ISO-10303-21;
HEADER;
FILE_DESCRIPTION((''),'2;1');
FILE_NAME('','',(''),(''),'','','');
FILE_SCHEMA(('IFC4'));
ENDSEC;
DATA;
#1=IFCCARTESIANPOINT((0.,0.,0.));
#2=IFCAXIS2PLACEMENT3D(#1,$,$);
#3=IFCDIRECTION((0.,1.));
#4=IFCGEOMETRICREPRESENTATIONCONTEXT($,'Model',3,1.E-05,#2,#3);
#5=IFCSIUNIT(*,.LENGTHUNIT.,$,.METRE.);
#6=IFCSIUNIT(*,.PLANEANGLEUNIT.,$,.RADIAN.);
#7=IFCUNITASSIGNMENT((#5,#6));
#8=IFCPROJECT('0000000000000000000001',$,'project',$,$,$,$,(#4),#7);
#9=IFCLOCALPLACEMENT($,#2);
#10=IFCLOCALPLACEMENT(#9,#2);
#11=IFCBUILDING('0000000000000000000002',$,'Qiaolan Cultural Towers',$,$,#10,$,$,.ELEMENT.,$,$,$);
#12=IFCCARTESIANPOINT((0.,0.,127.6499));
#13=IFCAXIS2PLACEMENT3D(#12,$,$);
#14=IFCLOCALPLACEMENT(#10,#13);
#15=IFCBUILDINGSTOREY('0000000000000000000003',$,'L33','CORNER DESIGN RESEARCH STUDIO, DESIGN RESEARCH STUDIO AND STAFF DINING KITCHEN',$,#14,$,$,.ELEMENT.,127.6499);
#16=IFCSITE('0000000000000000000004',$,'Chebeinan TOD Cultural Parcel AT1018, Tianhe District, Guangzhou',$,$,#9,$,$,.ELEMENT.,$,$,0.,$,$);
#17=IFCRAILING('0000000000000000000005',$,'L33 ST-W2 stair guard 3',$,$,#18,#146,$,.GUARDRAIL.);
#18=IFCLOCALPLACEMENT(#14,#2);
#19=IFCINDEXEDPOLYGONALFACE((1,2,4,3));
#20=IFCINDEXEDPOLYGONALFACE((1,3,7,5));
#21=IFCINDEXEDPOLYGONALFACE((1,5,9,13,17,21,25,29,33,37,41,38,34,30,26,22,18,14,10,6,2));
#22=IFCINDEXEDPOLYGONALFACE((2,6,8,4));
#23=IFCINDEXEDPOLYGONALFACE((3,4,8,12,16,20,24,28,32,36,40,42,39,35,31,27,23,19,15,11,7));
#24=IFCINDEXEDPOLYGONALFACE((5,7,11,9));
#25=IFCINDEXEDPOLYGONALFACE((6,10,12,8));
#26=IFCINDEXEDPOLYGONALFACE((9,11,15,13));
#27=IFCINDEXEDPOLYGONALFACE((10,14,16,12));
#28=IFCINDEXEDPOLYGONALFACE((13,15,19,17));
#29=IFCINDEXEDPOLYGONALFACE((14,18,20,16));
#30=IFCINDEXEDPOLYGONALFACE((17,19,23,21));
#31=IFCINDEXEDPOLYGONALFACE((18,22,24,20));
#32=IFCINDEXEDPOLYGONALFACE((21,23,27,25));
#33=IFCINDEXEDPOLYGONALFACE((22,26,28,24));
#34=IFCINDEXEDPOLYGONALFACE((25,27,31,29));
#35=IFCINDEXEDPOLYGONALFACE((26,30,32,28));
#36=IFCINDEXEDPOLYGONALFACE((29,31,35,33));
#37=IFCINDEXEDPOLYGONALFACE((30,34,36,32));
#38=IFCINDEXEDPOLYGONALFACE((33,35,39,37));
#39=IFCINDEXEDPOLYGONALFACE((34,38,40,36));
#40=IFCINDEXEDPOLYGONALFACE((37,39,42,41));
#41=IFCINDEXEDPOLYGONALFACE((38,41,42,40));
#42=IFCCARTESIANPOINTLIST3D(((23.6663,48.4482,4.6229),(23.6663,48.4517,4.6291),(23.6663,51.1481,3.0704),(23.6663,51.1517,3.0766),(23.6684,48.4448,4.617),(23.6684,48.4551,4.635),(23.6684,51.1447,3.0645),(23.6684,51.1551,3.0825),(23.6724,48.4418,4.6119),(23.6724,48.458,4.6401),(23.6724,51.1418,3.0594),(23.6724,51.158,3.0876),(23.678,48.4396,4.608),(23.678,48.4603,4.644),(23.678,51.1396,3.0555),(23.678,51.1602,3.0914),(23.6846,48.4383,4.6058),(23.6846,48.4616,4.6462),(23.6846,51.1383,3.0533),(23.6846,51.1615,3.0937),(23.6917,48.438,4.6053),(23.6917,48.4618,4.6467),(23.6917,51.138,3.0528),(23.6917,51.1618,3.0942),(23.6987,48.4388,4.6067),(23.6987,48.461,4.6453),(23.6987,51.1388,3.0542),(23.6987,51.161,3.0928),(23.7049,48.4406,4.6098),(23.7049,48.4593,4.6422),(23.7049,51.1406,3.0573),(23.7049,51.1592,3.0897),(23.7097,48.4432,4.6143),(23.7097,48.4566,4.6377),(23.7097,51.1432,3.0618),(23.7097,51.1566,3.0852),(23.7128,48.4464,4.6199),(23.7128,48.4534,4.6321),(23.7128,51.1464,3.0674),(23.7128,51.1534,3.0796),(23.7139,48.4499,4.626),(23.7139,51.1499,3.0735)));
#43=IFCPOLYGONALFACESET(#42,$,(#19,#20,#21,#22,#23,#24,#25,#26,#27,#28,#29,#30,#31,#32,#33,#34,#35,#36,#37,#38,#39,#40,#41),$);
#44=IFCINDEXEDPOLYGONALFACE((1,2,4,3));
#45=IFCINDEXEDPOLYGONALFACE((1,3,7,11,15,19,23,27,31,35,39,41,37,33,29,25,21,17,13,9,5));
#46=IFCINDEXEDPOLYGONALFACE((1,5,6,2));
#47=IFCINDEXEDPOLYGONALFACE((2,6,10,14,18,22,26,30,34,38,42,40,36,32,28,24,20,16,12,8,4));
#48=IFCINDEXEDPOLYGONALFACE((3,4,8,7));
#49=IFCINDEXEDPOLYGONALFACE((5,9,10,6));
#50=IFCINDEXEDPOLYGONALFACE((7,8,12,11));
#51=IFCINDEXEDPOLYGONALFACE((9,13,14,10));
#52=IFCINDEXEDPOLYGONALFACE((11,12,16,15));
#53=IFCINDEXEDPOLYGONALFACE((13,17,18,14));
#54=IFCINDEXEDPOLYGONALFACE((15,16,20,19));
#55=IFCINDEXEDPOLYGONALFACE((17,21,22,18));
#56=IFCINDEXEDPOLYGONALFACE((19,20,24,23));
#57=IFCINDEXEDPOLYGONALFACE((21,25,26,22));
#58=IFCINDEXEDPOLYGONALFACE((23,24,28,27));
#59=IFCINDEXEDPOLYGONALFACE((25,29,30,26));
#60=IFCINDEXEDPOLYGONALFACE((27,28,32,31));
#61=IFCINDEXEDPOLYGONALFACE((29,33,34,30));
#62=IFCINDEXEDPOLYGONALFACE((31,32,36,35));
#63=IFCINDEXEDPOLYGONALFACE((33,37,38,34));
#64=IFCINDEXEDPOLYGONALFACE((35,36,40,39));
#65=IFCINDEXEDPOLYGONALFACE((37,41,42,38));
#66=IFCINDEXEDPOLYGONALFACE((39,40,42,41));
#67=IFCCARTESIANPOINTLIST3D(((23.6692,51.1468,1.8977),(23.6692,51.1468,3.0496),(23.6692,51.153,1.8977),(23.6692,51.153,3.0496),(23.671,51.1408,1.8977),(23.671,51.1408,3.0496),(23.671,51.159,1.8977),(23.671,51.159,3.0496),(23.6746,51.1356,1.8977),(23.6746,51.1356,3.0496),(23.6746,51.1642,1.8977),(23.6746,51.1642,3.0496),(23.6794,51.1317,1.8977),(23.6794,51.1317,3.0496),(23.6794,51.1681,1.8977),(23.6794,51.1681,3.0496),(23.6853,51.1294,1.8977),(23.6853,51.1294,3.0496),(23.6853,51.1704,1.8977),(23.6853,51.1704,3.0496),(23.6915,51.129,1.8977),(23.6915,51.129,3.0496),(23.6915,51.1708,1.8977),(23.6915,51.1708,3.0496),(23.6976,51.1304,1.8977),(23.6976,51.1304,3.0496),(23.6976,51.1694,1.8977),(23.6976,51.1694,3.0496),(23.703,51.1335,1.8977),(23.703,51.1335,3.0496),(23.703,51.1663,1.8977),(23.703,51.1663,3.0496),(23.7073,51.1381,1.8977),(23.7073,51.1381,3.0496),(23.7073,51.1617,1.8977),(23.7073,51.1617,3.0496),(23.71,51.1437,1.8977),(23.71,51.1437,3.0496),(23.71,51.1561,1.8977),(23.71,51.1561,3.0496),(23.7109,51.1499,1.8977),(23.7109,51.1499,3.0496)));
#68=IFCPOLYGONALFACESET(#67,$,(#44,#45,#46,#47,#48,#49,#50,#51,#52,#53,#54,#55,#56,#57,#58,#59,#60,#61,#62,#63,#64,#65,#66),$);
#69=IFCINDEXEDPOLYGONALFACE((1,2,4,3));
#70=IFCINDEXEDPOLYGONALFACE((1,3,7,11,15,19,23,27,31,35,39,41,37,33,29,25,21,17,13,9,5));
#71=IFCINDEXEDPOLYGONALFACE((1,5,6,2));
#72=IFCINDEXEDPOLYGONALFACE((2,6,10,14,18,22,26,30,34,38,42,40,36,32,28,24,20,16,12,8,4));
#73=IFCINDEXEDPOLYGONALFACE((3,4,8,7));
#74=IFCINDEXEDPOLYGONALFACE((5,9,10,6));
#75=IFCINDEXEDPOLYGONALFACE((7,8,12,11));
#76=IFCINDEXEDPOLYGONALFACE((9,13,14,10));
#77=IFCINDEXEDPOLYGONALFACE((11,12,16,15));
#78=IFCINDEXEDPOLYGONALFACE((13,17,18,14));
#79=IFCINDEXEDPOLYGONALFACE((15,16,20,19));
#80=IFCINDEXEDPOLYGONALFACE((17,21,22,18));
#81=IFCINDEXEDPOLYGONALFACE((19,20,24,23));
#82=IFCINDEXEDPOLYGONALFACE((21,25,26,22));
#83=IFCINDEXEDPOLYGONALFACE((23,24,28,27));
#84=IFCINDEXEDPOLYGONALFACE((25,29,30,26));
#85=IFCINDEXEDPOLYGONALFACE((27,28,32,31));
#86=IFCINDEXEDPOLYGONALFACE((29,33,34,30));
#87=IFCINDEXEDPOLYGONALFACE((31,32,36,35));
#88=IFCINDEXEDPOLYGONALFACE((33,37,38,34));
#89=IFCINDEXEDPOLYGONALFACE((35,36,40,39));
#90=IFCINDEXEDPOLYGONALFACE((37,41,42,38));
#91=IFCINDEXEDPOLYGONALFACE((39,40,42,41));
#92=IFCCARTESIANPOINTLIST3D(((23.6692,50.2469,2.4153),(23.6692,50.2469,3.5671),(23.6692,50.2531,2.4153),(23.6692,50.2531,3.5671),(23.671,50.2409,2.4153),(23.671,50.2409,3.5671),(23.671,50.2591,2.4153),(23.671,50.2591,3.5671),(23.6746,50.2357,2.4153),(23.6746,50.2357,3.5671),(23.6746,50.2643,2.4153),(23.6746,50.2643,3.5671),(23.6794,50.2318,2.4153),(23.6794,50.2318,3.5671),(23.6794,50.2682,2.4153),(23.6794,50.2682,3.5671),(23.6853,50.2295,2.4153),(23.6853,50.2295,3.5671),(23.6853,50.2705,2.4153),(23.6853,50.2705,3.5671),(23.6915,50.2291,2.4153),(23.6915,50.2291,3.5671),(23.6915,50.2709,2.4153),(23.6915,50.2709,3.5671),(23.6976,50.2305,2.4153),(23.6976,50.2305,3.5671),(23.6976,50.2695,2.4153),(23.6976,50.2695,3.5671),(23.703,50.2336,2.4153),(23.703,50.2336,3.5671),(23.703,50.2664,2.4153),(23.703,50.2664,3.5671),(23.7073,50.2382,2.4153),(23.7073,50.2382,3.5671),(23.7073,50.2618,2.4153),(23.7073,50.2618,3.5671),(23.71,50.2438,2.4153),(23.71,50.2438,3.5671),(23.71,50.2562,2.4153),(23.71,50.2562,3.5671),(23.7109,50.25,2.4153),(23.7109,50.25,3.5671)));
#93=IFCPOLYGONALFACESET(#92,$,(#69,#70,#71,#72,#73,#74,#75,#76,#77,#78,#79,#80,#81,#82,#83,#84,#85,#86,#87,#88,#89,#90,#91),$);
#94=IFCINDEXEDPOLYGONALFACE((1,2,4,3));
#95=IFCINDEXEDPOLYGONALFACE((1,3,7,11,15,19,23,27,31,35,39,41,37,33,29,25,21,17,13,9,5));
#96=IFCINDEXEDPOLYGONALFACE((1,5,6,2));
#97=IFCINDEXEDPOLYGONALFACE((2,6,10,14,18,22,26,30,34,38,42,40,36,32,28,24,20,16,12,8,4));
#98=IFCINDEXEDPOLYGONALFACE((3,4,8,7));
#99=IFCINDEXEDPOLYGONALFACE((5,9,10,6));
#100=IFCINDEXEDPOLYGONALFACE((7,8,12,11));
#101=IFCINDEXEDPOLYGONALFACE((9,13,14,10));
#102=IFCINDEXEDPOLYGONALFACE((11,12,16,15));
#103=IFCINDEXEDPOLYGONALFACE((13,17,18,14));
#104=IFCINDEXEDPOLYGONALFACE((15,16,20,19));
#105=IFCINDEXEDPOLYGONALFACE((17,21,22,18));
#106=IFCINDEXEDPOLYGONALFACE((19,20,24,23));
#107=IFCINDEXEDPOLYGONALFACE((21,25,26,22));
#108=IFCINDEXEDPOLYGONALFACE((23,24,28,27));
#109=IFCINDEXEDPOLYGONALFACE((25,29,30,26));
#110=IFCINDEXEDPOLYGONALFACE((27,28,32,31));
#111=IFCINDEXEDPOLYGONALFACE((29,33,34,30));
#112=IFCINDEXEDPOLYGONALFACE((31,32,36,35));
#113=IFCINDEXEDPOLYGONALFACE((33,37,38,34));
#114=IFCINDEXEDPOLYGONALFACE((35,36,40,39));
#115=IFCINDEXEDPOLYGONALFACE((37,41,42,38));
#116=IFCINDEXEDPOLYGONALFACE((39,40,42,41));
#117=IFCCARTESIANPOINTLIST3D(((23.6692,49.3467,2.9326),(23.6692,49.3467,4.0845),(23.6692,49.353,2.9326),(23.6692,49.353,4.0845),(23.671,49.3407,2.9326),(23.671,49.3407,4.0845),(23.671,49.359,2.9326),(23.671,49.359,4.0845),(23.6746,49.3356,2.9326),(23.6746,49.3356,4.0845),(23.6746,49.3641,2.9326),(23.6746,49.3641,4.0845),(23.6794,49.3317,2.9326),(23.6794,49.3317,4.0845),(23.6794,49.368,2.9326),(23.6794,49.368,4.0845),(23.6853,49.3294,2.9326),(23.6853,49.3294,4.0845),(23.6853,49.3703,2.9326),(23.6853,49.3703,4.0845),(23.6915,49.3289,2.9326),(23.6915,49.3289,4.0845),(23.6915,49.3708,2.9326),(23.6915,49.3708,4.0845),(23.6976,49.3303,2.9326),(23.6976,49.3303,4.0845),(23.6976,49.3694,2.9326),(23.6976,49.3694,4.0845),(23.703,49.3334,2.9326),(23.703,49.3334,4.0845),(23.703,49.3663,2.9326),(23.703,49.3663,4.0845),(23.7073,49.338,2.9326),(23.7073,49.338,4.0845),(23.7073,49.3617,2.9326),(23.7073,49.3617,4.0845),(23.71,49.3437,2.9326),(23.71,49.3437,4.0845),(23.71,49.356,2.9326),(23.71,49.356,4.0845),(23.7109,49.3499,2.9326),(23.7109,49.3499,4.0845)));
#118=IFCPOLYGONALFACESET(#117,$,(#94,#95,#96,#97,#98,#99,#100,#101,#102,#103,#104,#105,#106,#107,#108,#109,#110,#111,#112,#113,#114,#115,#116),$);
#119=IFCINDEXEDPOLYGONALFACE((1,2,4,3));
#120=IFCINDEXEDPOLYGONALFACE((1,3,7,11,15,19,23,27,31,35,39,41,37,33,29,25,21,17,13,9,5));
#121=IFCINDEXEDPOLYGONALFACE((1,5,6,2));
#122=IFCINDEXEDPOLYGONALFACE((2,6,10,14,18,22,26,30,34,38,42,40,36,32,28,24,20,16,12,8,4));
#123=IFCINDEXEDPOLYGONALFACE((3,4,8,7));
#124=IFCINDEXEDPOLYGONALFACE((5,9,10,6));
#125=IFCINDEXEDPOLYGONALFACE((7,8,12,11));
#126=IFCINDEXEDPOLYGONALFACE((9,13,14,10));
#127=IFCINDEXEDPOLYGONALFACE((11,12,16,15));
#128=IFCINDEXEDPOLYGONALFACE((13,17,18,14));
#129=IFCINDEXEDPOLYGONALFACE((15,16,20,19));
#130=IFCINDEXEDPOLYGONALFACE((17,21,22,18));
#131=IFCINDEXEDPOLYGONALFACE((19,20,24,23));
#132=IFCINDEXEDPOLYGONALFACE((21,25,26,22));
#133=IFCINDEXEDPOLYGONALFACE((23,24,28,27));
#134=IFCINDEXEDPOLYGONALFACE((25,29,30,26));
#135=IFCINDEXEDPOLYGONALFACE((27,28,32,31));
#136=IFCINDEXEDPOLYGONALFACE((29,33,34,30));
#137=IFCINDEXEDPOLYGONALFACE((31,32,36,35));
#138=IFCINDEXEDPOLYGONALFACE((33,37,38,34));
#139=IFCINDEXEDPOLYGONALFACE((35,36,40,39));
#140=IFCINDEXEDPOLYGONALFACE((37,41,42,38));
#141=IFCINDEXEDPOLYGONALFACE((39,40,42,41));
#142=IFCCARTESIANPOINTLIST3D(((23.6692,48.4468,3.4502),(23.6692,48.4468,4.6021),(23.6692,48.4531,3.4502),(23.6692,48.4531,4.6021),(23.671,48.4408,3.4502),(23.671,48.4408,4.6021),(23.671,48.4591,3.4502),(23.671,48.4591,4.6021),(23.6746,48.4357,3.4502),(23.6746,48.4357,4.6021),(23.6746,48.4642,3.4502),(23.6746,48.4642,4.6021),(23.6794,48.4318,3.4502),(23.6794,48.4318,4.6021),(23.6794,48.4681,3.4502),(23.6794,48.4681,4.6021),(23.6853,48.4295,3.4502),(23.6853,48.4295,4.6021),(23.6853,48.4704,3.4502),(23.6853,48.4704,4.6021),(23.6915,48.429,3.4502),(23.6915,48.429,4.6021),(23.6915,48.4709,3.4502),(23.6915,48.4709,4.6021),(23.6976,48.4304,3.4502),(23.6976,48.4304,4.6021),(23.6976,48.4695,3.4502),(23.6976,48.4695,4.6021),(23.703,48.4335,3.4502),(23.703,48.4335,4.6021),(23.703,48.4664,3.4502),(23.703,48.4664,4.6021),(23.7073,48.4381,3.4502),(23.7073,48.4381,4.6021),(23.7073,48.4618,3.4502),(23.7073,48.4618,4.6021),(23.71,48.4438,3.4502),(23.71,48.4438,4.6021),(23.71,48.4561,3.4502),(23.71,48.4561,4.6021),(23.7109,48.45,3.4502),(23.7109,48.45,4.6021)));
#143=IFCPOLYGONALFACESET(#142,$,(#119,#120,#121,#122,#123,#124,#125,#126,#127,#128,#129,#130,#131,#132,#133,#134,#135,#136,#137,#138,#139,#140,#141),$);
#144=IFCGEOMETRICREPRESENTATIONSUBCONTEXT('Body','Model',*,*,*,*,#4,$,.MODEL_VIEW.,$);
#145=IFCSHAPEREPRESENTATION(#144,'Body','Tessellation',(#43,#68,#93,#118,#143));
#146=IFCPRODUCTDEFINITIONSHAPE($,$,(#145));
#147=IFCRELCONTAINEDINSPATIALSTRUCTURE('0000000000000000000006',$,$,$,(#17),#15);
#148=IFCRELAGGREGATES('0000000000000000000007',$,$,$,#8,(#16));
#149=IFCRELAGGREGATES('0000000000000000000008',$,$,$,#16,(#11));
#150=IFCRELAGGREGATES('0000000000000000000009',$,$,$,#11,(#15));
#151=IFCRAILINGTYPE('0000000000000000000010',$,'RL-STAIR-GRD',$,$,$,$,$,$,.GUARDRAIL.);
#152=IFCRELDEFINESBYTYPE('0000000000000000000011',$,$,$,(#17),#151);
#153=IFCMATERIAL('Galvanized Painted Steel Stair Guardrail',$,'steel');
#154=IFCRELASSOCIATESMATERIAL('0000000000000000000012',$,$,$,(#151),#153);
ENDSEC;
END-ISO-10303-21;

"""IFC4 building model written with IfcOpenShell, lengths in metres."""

from ifc_helpers import new_model, si_unit, direction, frame, origin, origin_2d, place, context, subcontext, project, spatial, circle, extrude, material, type_object, element, save


model = new_model("IFC4")

# Units and contexts
model_context = context("Model", 3, precision=1e-05, world=origin(), true_north=direction((0.0, 1.0)))
body_context = subcontext(model_context, "Body", "Model", "MODEL_VIEW")
ifc_project = project(units=[si_unit("LENGTHUNIT", "METRE"), si_unit("PLANEANGLEUNIT", "RADIAN")], contexts=[model_context])

# Site, building, storey
site_placement = place(None, origin())
site = spatial("IfcSite", under=ifc_project, at=site_placement, Name="Chebeinan TOD Cultural Parcel AT1018, Tianhe District, Guangzhou", CompositionType="ELEMENT", RefElevation=0.0)
building_placement = place(site_placement, origin())
building = spatial("IfcBuilding", under=site, at=building_placement, Name="Qiaolan Cultural Towers", CompositionType="ELEMENT")
storey_placement = place(building_placement, frame((0.0, 0.0, 127.6499)))
storey = spatial("IfcBuildingStorey", under=building, at=storey_placement, Name="L33", Description="CORNER DESIGN RESEARCH STUDIO, DESIGN RESEARCH STUDIO AND STAFF DINING KITCHEN", CompositionType="ELEMENT", Elevation=127.6499)

# Railing
ifc_material_1 = material(Name="Galvanized Painted Steel Stair Guardrail", Category="steel")
railing_type_1 = type_object("IfcRailingType", Name="RL-STAIR-GRD", PredefinedType="GUARDRAIL", material=ifc_material_1)
railing_1_placement = place(storey_placement, frame((23.6899, 51.1499, 1.8977)))
element("IfcRailing", 1, at=railing_1_placement, inside=storey, type_object=railing_type_1, Name="L33 ST-W2 stair guard 3", PredefinedType="GUARDRAIL", context=body_context, shape_type="SweptSolid", body=[
    extrude(circle(Radius=0.0239, at=origin_2d()), frame((0.0, 0.0, 1.1758), z_axis=(0.0, -0.866904, 0.498476), x_axis=(1.0, 0.0, 0.0)), (0.0, 0.0, 1.0), 3.1145),
    extrude(circle(Radius=0.021, at=origin_2d()), origin(), (0.0, 0.0, 1.0), 1.1519),
    extrude(circle(Radius=0.021, at=origin_2d()), frame((0.0, -0.8999, 0.5176)), (0.0, 0.0, 1.0), 1.1519),
    extrude(circle(Radius=0.021, at=origin_2d()), frame((0.0, -1.8, 1.0349)), (0.0, 0.0, 1.0), 1.1519),
    extrude(circle(Radius=0.021, at=origin_2d()), frame((0.0, -2.7, 1.5525)), (0.0, 0.0, 1.0), 1.1519),
])

save(model, "model.ifc")
